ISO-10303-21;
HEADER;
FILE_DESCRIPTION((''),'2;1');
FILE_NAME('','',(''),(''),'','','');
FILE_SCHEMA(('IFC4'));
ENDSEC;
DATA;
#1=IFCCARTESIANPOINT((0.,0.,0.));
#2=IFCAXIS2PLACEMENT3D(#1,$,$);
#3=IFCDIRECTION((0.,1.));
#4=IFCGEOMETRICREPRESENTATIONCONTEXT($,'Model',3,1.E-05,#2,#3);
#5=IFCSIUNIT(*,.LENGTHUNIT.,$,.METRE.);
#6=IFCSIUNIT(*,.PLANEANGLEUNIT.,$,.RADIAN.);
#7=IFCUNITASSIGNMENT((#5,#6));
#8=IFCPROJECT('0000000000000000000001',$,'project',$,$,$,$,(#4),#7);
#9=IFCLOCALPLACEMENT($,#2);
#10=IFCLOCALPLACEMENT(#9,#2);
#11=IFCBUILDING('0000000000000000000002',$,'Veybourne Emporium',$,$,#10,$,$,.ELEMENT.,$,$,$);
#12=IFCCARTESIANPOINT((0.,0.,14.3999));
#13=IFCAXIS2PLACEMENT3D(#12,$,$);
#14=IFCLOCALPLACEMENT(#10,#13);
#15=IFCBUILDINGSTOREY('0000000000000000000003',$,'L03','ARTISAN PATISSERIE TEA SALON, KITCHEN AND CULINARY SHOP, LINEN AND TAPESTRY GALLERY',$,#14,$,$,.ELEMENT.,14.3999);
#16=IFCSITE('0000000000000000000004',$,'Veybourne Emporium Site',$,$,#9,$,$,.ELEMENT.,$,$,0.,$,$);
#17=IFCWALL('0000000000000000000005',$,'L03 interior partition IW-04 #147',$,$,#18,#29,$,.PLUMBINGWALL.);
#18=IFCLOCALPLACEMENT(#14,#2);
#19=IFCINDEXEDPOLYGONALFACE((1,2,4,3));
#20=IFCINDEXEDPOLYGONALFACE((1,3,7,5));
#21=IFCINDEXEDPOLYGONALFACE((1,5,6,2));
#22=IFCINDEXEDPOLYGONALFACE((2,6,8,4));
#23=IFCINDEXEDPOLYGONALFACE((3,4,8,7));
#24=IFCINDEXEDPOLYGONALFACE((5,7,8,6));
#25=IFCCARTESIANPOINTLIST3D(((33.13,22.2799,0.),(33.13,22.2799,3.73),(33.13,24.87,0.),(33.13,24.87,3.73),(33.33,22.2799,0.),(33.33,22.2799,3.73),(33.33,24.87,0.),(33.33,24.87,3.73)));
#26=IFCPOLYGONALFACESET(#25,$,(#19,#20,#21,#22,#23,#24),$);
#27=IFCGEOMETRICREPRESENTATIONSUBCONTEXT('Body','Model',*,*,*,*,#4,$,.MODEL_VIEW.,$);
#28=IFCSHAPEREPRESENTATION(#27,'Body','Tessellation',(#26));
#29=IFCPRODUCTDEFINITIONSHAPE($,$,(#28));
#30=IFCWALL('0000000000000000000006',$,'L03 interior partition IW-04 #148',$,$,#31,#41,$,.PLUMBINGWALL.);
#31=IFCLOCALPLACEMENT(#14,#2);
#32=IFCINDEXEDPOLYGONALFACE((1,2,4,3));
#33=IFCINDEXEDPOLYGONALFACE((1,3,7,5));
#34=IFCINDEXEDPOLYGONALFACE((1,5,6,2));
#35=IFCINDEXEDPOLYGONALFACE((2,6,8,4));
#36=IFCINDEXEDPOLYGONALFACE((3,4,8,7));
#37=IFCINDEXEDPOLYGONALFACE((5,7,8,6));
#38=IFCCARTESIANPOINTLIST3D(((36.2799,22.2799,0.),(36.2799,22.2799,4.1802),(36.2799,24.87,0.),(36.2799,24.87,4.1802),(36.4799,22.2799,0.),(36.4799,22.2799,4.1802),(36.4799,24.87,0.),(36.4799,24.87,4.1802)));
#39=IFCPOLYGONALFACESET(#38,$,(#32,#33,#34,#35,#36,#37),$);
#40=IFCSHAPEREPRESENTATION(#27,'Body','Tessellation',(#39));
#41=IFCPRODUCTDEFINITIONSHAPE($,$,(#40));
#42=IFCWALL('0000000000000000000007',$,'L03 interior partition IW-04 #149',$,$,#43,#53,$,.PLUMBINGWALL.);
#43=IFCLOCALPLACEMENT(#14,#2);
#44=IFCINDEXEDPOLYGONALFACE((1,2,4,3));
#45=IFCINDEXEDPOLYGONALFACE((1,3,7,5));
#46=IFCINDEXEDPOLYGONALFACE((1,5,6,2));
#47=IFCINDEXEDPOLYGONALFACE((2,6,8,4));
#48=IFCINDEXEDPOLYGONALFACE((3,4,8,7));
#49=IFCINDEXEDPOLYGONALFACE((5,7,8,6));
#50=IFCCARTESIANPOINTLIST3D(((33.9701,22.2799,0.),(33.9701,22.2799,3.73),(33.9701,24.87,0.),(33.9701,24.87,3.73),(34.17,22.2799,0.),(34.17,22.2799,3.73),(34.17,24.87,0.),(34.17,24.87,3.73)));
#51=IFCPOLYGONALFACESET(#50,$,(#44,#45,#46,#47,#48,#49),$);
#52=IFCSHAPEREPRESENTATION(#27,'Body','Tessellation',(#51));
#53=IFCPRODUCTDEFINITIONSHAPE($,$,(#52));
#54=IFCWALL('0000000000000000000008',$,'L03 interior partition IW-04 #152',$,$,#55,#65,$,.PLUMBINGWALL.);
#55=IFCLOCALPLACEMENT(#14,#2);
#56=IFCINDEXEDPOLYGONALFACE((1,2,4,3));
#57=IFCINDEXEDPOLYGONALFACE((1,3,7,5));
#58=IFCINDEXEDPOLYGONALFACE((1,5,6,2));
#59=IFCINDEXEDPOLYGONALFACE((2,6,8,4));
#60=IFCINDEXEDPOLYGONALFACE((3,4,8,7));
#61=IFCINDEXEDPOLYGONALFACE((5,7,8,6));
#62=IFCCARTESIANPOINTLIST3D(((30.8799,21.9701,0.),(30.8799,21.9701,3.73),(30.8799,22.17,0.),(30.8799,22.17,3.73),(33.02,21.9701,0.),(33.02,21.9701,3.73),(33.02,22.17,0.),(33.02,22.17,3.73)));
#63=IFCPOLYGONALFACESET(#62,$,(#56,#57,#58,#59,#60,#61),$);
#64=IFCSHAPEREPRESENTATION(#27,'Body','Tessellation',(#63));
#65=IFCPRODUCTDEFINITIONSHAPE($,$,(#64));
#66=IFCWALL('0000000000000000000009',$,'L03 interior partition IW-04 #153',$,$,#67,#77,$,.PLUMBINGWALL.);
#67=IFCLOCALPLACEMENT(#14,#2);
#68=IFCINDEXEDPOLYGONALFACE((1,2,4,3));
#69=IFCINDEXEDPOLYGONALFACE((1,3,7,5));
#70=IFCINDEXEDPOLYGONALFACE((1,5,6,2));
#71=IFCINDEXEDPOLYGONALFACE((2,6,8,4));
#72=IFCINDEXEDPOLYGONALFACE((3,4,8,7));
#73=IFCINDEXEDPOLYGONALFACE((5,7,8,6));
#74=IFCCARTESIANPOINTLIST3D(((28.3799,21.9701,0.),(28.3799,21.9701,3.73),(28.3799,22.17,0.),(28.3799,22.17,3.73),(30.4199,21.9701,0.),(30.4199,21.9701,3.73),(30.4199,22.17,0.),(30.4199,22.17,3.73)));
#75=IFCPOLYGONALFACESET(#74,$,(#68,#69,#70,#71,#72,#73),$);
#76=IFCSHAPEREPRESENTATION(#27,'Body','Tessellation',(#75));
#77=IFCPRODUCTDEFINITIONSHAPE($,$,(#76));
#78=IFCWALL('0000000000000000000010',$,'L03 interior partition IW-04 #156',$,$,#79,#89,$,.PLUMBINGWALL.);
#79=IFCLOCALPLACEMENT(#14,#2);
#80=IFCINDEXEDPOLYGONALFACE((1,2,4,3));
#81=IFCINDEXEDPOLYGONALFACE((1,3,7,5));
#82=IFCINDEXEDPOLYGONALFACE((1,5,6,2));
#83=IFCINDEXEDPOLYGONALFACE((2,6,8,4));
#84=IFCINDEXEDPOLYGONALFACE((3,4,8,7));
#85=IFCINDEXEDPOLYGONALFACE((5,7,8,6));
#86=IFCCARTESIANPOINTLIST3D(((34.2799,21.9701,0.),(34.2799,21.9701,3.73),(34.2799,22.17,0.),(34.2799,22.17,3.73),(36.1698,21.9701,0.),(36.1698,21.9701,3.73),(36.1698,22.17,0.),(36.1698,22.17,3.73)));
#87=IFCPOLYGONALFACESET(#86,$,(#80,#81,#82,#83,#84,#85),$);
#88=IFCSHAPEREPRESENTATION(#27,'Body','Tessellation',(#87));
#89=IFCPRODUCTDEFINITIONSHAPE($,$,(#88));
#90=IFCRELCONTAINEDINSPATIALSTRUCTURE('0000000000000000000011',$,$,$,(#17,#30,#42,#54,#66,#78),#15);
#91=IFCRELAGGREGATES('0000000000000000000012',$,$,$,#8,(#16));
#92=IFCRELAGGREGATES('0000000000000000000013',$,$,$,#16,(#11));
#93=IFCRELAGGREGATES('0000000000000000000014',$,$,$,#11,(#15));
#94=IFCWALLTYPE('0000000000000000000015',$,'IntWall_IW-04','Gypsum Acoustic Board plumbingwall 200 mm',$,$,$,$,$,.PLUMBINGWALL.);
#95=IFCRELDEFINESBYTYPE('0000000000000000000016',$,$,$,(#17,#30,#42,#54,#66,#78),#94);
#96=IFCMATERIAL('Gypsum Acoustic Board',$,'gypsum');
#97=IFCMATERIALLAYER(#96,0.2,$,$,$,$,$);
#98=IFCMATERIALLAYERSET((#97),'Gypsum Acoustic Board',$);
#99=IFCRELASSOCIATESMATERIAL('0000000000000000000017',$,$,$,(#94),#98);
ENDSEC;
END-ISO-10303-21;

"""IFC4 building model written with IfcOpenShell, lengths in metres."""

from ifc_helpers import new_model, si_unit, direction, frame, frame_2d, origin, place, context, subcontext, project, spatial, rectangle, extrude, material, layer, layer_set, type_object, element, save


model = new_model("IFC4")

# Units and contexts
model_context = context("Model", 3, precision=1e-05, world=origin(), true_north=direction((0.0, 1.0)))
body_context = subcontext(model_context, "Body", "Model", "MODEL_VIEW")
ifc_project = project(units=[si_unit("LENGTHUNIT", "METRE"), si_unit("PLANEANGLEUNIT", "RADIAN")], contexts=[model_context])

# Site, building, storey
site_placement = place(None, origin())
site = spatial("IfcSite", under=ifc_project, at=site_placement, Name="Veybourne Emporium Site", CompositionType="ELEMENT", RefElevation=0.0)
building_placement = place(site_placement, origin())
building = spatial("IfcBuilding", under=site, at=building_placement, Name="Veybourne Emporium", CompositionType="ELEMENT")
storey_placement = place(building_placement, frame((0.0, 0.0, 14.3999)))
storey = spatial("IfcBuildingStorey", under=building, at=storey_placement, Name="L03", Description="ARTISAN PATISSERIE TEA SALON, KITCHEN AND CULINARY SHOP, LINEN AND TAPESTRY GALLERY", CompositionType="ELEMENT", Elevation=14.3999)

# Shared definitions
ifc_material_1 = material(Name="Gypsum Acoustic Board", Category="gypsum")
ifc_layer_1 = layer(ifc_material_1, 0.2)
ifc_layer_set_1 = layer_set([ifc_layer_1], Name="Gypsum Acoustic Board")
wall_type_1 = type_object("IfcWallType", Name="IntWall_IW-04", Description="Gypsum Acoustic Board plumbingwall 200 mm", PredefinedType="PLUMBINGWALL", material=ifc_layer_set_1)

# Walls
wall_1_placement = place(storey_placement, frame((33.23, 22.28, 0.0), z_axis=(0.0, 0.0, 1.0), x_axis=(0.0, 1.0, 0.0)))
element("IfcWall", 1, at=wall_1_placement, inside=storey, type_object=wall_type_1, Name="L03 interior partition IW-04 #147", PredefinedType="PLUMBINGWALL", context=body_context, shape_type="SweptSolid", body=[
    extrude(rectangle(XDim=2.5901, YDim=0.2, at=frame_2d((1.2949, 0.0))), origin(), (0.0, 0.0, 1.0), 3.73),
])
wall_2_placement = place(storey_placement, frame((36.3799, 22.28, 0.0), z_axis=(0.0, 0.0, 1.0), x_axis=(0.0, 1.0, 0.0)))
element("IfcWall", 2, at=wall_2_placement, inside=storey, type_object=wall_type_1, Name="L03 interior partition IW-04 #148", PredefinedType="PLUMBINGWALL", context=body_context, shape_type="SweptSolid", body=[
    extrude(rectangle(XDim=2.5901, YDim=0.2, at=frame_2d((1.2949, 0.0))), origin(), (0.0, 0.0, 1.0), 4.1802),
])
wall_3_placement = place(storey_placement, frame((34.0701, 22.28, 0.0), z_axis=(0.0, 0.0, 1.0), x_axis=(0.0, 1.0, 0.0)))
element("IfcWall", 3, at=wall_3_placement, inside=storey, type_object=wall_type_1, Name="L03 interior partition IW-04 #149", PredefinedType="PLUMBINGWALL", context=body_context, shape_type="SweptSolid", body=[
    extrude(rectangle(XDim=2.5901, YDim=0.2, at=frame_2d((1.2949, 0.0))), origin(), (0.0, 0.0, 1.0), 3.73),
])
wall_4_placement = place(storey_placement, frame((30.8799, 22.0701, 0.0), z_axis=(0.0, 0.0, 1.0), x_axis=(1.0, 0.0, 0.0)))
element("IfcWall", 4, at=wall_4_placement, inside=storey, type_object=wall_type_1, Name="L03 interior partition IW-04 #152", PredefinedType="PLUMBINGWALL", context=body_context, shape_type="SweptSolid", body=[
    extrude(rectangle(XDim=2.1401, YDim=0.2, at=frame_2d((1.0701, 0.0))), origin(), (0.0, 0.0, 1.0), 3.73),
])
wall_5_placement = place(storey_placement, frame((28.3799, 22.0701, 0.0), z_axis=(0.0, 0.0, 1.0), x_axis=(1.0, 0.0, 0.0)))
element("IfcWall", 5, at=wall_5_placement, inside=storey, type_object=wall_type_1, Name="L03 interior partition IW-04 #153", PredefinedType="PLUMBINGWALL", context=body_context, shape_type="SweptSolid", body=[
    extrude(rectangle(XDim=2.04, YDim=0.2, at=frame_2d((1.02, 0.0))), origin(), (0.0, 0.0, 1.0), 3.73),
])
wall_6_placement = place(storey_placement, frame((34.28, 22.0701, 0.0), z_axis=(0.0, 0.0, 1.0), x_axis=(1.0, 0.0, 0.0)))
element("IfcWall", 6, at=wall_6_placement, inside=storey, type_object=wall_type_1, Name="L03 interior partition IW-04 #156", PredefinedType="PLUMBINGWALL", context=body_context, shape_type="SweptSolid", body=[
    extrude(rectangle(XDim=1.8899, YDim=0.2, at=frame_2d((0.9448, 0.0))), origin(), (0.0, 0.0, 1.0), 3.73),
])

save(model, "model.ifc")
